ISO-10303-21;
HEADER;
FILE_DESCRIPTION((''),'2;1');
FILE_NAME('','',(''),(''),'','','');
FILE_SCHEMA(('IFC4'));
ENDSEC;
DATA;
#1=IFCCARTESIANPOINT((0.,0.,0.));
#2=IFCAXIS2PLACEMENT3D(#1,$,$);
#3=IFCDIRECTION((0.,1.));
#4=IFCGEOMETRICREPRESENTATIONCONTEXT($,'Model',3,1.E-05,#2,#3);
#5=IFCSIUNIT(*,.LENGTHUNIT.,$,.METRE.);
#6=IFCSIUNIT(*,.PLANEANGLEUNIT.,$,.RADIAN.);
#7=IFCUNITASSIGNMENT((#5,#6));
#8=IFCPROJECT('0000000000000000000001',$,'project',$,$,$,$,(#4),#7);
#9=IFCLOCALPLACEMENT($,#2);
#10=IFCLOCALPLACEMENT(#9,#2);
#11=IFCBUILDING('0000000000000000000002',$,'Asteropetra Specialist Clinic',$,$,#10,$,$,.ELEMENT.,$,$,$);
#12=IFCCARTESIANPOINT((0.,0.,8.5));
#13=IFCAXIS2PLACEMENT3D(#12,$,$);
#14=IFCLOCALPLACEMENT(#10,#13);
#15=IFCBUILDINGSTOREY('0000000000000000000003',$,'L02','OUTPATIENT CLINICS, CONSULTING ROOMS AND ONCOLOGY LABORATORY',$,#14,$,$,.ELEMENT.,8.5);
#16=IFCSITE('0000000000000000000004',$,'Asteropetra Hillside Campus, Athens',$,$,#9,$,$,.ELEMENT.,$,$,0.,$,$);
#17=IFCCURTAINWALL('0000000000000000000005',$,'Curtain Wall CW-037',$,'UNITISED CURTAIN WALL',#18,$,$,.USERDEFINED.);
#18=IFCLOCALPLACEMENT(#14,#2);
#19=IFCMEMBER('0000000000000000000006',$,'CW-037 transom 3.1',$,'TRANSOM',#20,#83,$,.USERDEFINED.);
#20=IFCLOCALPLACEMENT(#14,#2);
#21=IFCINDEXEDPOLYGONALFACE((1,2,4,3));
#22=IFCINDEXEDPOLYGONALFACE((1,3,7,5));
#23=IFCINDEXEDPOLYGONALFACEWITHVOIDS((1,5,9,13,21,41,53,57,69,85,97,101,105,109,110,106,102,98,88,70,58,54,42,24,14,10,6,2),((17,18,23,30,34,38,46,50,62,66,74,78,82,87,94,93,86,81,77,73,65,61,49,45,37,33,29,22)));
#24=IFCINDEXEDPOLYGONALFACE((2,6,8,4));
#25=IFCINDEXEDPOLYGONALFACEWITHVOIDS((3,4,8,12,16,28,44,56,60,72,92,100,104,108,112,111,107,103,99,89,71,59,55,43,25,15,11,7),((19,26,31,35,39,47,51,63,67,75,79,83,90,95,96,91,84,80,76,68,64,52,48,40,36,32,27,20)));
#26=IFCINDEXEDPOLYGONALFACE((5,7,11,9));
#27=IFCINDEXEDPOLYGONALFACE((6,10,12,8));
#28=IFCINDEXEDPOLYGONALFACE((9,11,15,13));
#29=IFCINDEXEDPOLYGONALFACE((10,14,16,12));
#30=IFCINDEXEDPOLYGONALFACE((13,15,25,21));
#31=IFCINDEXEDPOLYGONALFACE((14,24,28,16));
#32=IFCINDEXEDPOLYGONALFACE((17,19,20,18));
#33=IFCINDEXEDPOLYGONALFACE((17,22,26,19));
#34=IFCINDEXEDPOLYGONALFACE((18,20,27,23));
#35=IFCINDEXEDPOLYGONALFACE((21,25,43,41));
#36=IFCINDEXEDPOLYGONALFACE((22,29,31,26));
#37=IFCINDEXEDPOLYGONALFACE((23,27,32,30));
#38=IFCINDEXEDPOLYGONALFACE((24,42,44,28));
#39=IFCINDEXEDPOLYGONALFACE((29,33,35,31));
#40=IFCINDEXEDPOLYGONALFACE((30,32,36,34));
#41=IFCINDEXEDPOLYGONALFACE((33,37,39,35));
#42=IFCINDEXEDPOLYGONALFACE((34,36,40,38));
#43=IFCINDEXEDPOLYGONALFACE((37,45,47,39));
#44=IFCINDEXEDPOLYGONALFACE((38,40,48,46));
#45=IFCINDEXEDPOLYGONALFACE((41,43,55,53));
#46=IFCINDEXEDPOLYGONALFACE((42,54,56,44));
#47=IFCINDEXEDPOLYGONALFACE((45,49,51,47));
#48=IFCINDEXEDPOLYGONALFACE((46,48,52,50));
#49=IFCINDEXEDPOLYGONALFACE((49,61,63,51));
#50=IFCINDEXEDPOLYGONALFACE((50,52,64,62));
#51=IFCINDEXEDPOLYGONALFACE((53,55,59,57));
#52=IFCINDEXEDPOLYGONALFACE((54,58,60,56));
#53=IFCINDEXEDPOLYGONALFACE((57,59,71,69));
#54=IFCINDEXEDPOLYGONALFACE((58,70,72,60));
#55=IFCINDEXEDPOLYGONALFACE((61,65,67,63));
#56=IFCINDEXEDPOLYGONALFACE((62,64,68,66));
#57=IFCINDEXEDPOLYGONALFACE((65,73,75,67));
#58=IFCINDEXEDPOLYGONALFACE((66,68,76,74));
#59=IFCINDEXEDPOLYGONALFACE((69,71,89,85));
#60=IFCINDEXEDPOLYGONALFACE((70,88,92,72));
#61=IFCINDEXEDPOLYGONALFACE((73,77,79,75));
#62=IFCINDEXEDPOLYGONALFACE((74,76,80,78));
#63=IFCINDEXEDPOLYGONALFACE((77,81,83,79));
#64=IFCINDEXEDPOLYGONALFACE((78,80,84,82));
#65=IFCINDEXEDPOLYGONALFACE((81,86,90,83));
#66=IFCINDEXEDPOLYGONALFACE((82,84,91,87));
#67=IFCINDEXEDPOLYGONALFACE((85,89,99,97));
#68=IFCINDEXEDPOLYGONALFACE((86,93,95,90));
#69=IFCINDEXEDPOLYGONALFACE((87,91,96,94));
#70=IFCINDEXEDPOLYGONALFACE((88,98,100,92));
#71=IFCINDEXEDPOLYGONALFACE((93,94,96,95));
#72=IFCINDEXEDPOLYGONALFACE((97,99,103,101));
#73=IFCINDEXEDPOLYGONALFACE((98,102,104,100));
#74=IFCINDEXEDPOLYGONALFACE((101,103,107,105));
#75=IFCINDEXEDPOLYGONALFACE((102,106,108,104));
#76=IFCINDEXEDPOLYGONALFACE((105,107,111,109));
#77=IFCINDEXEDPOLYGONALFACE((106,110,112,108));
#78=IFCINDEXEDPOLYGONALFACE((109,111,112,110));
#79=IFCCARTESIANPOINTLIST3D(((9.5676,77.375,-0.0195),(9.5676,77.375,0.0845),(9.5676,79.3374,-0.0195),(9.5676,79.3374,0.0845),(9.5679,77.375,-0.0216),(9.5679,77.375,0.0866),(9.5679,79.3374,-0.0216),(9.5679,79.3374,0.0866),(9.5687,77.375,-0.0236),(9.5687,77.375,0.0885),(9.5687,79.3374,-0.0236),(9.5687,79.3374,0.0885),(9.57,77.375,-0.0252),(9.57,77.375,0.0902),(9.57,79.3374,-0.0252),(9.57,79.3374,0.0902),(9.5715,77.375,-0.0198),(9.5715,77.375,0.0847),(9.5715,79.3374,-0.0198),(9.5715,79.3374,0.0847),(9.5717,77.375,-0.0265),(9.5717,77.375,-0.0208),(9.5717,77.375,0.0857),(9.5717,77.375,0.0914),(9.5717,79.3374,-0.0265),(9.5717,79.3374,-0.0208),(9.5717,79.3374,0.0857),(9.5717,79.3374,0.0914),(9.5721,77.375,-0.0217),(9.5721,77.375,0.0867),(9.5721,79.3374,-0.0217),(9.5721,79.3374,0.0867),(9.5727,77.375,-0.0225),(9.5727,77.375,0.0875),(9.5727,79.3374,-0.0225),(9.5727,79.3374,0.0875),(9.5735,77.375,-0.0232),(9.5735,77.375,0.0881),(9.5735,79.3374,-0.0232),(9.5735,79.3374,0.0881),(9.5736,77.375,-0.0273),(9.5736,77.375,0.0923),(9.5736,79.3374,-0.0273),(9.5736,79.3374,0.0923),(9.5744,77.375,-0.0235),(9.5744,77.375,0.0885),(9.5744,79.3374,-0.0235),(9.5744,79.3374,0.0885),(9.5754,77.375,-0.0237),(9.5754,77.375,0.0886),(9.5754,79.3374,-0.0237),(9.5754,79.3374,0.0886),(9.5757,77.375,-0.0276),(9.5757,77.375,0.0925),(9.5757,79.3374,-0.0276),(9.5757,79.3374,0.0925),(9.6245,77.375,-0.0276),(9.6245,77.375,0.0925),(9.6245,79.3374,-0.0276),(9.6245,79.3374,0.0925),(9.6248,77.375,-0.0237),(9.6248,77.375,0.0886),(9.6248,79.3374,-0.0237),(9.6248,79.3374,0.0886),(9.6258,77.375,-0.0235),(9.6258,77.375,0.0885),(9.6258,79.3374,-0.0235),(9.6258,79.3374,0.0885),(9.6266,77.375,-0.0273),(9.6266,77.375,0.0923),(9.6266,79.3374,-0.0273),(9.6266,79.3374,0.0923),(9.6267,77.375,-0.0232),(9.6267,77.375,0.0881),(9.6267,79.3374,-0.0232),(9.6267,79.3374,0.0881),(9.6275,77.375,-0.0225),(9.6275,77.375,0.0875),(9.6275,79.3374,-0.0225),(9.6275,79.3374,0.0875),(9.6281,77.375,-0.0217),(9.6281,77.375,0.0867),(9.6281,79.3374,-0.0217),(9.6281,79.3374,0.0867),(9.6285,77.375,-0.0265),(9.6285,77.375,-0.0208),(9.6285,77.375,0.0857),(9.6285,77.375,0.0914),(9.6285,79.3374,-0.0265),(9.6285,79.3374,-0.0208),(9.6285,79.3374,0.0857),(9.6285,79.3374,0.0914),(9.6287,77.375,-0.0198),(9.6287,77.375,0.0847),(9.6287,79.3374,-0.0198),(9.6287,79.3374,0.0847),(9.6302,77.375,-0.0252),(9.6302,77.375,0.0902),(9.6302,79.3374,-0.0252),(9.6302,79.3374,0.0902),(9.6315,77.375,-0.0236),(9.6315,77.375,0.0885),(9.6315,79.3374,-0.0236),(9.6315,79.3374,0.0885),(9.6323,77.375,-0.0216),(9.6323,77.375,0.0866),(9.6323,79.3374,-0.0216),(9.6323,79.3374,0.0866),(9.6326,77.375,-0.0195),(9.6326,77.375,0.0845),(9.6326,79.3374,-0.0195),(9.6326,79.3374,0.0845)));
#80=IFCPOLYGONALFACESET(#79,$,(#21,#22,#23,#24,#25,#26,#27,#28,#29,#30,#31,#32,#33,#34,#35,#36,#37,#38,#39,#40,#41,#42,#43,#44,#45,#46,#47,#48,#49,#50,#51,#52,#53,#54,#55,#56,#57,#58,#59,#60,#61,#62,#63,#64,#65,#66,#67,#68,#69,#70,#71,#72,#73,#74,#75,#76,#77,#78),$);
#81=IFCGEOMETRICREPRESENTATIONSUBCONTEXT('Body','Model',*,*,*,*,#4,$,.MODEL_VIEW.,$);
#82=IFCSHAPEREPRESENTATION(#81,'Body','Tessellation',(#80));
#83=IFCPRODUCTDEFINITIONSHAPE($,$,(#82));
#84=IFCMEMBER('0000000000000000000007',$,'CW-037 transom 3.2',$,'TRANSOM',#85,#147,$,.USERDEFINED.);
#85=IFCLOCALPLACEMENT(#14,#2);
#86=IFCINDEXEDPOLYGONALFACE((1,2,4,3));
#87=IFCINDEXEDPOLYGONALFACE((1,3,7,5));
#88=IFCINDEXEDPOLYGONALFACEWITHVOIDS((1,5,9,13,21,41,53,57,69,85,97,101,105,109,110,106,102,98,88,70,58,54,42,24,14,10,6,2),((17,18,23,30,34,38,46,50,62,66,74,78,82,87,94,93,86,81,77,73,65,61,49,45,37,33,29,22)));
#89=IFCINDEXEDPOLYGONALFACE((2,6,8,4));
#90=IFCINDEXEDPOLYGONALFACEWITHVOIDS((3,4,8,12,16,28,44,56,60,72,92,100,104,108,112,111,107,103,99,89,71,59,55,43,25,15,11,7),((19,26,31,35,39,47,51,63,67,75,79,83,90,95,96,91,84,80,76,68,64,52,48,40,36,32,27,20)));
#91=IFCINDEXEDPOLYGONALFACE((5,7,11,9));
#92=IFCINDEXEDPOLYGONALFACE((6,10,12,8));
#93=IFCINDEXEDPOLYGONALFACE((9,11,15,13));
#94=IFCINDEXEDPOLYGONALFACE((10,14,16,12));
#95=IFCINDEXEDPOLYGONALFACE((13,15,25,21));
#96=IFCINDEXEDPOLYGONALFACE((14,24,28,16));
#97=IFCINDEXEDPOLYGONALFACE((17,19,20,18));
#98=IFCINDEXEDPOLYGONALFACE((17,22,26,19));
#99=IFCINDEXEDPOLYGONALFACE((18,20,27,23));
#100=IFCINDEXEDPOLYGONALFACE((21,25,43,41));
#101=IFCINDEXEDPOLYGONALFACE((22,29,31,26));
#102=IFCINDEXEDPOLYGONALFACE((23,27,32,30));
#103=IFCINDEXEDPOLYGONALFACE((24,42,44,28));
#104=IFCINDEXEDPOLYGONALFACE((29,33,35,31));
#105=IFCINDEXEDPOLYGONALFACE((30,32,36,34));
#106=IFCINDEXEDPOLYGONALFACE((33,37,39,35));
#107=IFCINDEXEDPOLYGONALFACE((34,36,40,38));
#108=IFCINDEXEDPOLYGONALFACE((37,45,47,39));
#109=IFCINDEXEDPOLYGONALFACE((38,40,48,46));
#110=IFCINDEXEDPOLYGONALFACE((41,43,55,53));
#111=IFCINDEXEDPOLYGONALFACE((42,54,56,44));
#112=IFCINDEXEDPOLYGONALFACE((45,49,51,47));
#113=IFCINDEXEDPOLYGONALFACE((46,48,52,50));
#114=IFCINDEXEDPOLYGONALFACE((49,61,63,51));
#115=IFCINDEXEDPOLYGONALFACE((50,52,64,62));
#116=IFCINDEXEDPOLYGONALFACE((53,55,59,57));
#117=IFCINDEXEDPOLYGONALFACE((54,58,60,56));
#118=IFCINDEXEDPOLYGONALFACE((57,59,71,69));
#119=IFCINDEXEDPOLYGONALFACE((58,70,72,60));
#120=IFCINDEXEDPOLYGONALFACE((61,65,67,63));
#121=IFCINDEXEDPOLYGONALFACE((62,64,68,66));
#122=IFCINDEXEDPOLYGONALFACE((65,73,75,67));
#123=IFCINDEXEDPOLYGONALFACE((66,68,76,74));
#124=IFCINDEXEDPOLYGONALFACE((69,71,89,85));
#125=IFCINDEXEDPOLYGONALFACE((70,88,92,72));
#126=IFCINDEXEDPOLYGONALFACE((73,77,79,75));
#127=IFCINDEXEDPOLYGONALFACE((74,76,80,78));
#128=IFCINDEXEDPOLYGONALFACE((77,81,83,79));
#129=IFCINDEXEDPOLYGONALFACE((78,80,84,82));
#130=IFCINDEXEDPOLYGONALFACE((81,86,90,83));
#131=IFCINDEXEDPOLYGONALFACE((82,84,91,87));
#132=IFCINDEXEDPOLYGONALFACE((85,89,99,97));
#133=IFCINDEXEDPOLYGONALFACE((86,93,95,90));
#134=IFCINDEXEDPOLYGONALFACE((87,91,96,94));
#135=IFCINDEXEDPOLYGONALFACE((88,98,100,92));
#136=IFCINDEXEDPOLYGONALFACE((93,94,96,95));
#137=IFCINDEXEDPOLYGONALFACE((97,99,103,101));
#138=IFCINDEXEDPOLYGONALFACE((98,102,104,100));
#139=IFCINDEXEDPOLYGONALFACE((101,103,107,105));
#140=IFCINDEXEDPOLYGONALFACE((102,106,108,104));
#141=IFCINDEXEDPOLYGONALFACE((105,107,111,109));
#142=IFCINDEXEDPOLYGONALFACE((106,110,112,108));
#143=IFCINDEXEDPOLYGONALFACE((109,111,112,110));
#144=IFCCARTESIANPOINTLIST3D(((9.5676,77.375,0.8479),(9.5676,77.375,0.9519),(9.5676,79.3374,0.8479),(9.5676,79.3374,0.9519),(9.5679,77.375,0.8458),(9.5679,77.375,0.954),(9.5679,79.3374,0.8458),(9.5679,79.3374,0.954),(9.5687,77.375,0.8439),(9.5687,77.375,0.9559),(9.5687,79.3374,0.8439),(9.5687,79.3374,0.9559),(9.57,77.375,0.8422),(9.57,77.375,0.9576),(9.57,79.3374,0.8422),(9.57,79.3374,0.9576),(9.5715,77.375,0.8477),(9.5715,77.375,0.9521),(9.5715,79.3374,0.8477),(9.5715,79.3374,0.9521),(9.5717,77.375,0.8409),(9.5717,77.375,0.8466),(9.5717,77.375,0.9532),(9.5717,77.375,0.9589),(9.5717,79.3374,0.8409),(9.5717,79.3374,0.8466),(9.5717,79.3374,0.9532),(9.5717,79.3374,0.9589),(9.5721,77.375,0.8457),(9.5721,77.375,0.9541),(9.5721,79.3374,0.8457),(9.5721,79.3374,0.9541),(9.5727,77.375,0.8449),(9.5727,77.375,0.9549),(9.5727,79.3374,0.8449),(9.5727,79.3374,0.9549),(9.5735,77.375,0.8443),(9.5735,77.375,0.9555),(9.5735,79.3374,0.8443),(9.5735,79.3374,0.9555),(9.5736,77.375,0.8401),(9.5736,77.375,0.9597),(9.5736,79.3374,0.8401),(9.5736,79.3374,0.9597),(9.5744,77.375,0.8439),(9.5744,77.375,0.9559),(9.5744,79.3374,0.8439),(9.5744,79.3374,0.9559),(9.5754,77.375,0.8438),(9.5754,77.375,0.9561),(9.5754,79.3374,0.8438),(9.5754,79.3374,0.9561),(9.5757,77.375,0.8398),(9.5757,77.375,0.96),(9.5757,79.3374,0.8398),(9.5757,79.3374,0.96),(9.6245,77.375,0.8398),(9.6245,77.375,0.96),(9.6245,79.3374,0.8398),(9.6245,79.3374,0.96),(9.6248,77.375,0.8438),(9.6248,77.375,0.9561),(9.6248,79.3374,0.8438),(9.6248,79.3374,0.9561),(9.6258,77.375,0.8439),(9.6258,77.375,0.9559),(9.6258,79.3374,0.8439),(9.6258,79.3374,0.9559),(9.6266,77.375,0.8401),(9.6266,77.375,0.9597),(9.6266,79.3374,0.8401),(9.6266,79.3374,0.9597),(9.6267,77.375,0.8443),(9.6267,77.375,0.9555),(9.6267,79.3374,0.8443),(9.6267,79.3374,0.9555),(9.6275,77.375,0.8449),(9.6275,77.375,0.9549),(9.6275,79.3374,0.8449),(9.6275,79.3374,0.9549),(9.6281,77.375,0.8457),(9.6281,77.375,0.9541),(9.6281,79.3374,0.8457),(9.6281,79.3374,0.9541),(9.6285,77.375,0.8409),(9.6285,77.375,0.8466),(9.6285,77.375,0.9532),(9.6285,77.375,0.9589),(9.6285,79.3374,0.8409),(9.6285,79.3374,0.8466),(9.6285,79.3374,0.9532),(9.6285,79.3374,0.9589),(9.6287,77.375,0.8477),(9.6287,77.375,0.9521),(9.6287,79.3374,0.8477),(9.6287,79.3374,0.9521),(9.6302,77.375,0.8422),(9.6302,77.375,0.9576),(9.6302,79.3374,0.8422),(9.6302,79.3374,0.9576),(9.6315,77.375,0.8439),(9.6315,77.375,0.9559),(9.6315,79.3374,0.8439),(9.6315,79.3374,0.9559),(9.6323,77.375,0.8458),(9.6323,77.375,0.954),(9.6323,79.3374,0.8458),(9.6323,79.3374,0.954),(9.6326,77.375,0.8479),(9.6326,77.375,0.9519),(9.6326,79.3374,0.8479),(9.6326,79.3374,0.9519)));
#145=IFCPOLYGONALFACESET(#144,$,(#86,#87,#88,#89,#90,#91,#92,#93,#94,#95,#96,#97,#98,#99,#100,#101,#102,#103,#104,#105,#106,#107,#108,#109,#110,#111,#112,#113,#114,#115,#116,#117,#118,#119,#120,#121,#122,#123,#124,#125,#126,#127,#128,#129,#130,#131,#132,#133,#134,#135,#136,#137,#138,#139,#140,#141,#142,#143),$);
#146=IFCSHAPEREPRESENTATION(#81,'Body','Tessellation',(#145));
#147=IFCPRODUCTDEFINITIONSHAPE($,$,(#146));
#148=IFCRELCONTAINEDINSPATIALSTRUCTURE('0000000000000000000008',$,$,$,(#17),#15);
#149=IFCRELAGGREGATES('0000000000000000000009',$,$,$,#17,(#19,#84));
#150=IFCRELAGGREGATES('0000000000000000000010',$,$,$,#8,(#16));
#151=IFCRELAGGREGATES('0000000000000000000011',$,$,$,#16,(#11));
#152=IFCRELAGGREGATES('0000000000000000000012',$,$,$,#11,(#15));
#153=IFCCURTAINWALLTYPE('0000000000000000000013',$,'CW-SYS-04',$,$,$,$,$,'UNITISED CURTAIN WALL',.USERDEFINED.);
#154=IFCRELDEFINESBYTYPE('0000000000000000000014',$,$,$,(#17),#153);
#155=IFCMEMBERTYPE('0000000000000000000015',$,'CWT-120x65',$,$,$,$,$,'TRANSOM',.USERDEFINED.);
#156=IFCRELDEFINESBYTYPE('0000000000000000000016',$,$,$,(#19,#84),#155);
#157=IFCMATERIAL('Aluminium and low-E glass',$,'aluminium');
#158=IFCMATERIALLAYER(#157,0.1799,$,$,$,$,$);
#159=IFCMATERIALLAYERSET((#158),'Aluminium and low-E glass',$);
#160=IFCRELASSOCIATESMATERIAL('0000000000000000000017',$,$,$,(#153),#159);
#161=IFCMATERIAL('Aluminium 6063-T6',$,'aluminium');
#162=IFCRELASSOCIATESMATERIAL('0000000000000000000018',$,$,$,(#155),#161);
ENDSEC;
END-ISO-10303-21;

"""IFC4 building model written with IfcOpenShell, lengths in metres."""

from ifc_helpers import new_model, si_unit, direction, frame, origin, origin_2d, place, context, subcontext, project, spatial, hollow_rectangle, extrude, material, layer, layer_set, material_profile, profile_set, type_object, element, aggregate, save


model = new_model("IFC4")

# Units and contexts
model_context = context("Model", 3, precision=1e-05, world=origin(), true_north=direction((0.0, 1.0)))
body_context = subcontext(model_context, "Body", "Model", "MODEL_VIEW")
ifc_project = project(units=[si_unit("LENGTHUNIT", "METRE"), si_unit("PLANEANGLEUNIT", "RADIAN")], contexts=[model_context])

# Site, building, storey
site_placement = place(None, origin())
site = spatial("IfcSite", under=ifc_project, at=site_placement, Name="Asteropetra Hillside Campus, Athens", CompositionType="ELEMENT", RefElevation=0.0)
building_placement = place(site_placement, origin())
building = spatial("IfcBuilding", under=site, at=building_placement, Name="Asteropetra Specialist Clinic", CompositionType="ELEMENT")
storey_placement = place(building_placement, frame((0.0, 0.0, 8.5)))
storey = spatial("IfcBuildingStorey", under=building, at=storey_placement, Name="L02", Description="OUTPATIENT CLINICS, CONSULTING ROOMS AND ONCOLOGY LABORATORY", CompositionType="ELEMENT", Elevation=8.5)

# Curtain wall, members
ifc_material_1 = material(Name="Aluminium and low-E glass", Category="aluminium")
ifc_layer_1 = layer(ifc_material_1, 0.1799)
ifc_layer_set_1 = layer_set([ifc_layer_1], Name="Aluminium and low-E glass")
curtain_wall_type_1 = type_object("IfcCurtainWallType", Name="CW-SYS-04", ElementType="UNITISED CURTAIN WALL", PredefinedType="USERDEFINED", material=ifc_layer_set_1)
curtain_wall_1_placement = place(storey_placement, origin())
curtain_wall_1 = element("IfcCurtainWall", 1, at=curtain_wall_1_placement, inside=storey, type_object=curtain_wall_type_1, Name="Curtain Wall CW-037", ObjectType="UNITISED CURTAIN WALL", PredefinedType="USERDEFINED")
ifc_material_2 = material(Name="Aluminium 6063-T6", Category="aluminium")
ifc_material_profile_1 = material_profile(ifc_material_2, hollow_rectangle(XDim=0.0649, YDim=0.1201, WallThickness=0.0039, InnerFilletRadius=0.0039, OuterFilletRadius=0.0081, at=origin_2d()), Name="TRN 120x65x4.0")
ifc_profile_set_1 = profile_set([ifc_material_profile_1], Name="Aluminium 6063-T6")
member_type_1 = type_object("IfcMemberType", Name="CWT-120x65", ElementType="TRANSOM", PredefinedType="USERDEFINED", material=ifc_profile_set_1)
member_1_placement = place(storey_placement, frame((9.6001, 79.3374, 0.0325), z_axis=(0.0, -1.0, 0.0), x_axis=(1.0, 0.0, 0.0)))
member_1 = element("IfcMember", 2, at=member_1_placement, type_object=member_type_1, Name="CW-037 transom 3.1", ObjectType="TRANSOM", PredefinedType="USERDEFINED", context=body_context, shape_type="SweptSolid", body=[
    extrude(hollow_rectangle(XDim=0.0649, YDim=0.1201, WallThickness=0.0039, InnerFilletRadius=0.0039, OuterFilletRadius=0.0081, at=origin_2d()), origin(), (0.0, 0.0, 1.0), 1.9624),
])
member_2_placement = place(storey_placement, frame((9.6001, 79.3374, 0.8999), z_axis=(0.0, -1.0, 0.0), x_axis=(1.0, 0.0, 0.0)))
member_2 = element("IfcMember", 3, at=member_2_placement, type_object=member_type_1, Name="CW-037 transom 3.2", ObjectType="TRANSOM", PredefinedType="USERDEFINED", context=body_context, shape_type="SweptSolid", body=[
    extrude(hollow_rectangle(XDim=0.0649, YDim=0.1201, WallThickness=0.0039, InnerFilletRadius=0.0039, OuterFilletRadius=0.0081, at=origin_2d()), origin(), (0.0, 0.0, 1.0), 1.9624),
])

aggregate(curtain_wall_1, [member_1, member_2])

save(model, "model.ifc")
